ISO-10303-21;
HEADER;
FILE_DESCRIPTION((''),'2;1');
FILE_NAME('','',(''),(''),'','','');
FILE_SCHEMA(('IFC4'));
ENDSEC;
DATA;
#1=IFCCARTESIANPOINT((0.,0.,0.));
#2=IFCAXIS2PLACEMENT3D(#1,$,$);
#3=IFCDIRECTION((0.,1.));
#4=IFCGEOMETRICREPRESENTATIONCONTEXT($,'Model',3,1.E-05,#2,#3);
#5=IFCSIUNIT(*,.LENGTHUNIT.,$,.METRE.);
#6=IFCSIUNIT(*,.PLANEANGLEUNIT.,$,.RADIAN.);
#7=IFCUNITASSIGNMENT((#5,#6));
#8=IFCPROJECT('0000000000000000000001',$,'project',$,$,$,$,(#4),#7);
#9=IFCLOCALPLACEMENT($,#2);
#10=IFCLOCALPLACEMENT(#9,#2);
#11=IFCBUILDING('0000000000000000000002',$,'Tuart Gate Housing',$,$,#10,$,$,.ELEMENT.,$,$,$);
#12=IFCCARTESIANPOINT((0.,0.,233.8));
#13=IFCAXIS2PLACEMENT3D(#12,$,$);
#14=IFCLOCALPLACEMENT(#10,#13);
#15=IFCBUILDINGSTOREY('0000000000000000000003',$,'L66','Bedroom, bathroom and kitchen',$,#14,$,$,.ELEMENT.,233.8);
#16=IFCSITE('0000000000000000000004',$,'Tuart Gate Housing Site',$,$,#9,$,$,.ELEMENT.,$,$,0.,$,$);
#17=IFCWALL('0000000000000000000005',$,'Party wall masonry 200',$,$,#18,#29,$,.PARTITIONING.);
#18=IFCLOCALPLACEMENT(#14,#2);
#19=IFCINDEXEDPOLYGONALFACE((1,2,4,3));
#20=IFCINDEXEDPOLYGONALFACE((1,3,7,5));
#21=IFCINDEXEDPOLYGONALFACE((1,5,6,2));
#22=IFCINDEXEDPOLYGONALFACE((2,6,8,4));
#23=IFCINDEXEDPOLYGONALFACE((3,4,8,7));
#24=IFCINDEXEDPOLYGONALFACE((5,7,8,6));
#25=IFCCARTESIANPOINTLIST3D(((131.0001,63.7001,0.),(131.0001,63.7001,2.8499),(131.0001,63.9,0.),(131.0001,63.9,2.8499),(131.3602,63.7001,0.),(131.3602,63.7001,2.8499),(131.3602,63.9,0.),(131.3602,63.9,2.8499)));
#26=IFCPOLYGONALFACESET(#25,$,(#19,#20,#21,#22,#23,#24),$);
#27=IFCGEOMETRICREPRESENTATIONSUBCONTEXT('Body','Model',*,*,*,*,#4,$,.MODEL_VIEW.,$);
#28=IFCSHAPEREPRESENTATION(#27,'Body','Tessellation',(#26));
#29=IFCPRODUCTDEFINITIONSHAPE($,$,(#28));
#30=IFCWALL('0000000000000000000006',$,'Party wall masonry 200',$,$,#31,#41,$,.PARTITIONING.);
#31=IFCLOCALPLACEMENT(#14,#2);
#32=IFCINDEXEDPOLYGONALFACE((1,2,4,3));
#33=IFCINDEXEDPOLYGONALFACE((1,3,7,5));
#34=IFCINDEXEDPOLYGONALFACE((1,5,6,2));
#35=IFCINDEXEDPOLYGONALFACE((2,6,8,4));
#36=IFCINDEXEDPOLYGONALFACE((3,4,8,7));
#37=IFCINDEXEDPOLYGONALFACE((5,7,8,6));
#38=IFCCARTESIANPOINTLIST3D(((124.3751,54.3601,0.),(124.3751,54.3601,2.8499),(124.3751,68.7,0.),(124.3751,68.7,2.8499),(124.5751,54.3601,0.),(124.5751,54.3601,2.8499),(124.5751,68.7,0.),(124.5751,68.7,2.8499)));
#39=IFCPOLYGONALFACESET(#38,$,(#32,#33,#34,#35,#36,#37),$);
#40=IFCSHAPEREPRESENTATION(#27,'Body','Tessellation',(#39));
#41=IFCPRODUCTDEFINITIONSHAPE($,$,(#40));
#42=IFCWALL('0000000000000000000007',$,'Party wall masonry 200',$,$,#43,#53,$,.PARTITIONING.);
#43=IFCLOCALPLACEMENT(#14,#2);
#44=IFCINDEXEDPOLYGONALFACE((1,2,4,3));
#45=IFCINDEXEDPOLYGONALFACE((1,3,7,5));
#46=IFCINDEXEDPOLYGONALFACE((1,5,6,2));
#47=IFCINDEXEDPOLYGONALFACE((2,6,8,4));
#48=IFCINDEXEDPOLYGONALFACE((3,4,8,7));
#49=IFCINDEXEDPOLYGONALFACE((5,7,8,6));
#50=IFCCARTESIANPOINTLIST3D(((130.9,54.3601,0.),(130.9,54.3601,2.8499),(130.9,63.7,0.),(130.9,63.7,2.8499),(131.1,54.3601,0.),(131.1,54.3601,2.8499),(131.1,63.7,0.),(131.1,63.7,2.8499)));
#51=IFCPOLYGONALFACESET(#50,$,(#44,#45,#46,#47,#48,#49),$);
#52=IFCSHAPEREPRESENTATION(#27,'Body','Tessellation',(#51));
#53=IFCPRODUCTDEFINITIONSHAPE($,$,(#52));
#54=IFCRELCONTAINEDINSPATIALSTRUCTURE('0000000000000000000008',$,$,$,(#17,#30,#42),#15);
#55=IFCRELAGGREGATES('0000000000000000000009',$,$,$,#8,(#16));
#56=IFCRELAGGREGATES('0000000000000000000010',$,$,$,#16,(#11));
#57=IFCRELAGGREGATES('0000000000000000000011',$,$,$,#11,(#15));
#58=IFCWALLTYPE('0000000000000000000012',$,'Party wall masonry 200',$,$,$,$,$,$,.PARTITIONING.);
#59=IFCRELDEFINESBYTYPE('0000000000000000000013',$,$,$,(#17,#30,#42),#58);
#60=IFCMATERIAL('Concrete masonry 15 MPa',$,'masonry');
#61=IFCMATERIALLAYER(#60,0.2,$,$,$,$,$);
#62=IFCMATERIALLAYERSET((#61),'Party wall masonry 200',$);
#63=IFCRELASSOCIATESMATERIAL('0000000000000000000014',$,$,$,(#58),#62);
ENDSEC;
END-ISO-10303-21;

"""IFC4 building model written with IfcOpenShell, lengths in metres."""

from ifc_helpers import new_model, si_unit, direction, frame, frame_2d, origin, place, context, subcontext, project, spatial, rectangle, extrude, material, layer, layer_set, type_object, element, save


model = new_model("IFC4")

# Units and contexts
model_context = context("Model", 3, precision=1e-05, world=origin(), true_north=direction((0.0, 1.0)))
body_context = subcontext(model_context, "Body", "Model", "MODEL_VIEW")
ifc_project = project(units=[si_unit("LENGTHUNIT", "METRE"), si_unit("PLANEANGLEUNIT", "RADIAN")], contexts=[model_context])

# Site, building, storey
site_placement = place(None, origin())
site = spatial("IfcSite", under=ifc_project, at=site_placement, Name="Tuart Gate Housing Site", CompositionType="ELEMENT", RefElevation=0.0)
building_placement = place(site_placement, origin())
building = spatial("IfcBuilding", under=site, at=building_placement, Name="Tuart Gate Housing", CompositionType="ELEMENT")
storey_placement = place(building_placement, frame((0.0, 0.0, 233.8)))
storey = spatial("IfcBuildingStorey", under=building, at=storey_placement, Name="L66", Description="Bedroom, bathroom and kitchen", CompositionType="ELEMENT", Elevation=233.8)

# Walls
ifc_material_1 = material(Name="Concrete masonry 15 MPa", Category="masonry")
ifc_layer_1 = layer(ifc_material_1, 0.2)
ifc_layer_set_1 = layer_set([ifc_layer_1], Name="Party wall masonry 200")
wall_type_1 = type_object("IfcWallType", Name="Party wall masonry 200", PredefinedType="PARTITIONING", material=ifc_layer_set_1)
wall_1_placement = place(storey_placement, frame((131.0, 63.8, 0.0), z_axis=(0.0, 0.0, 1.0), x_axis=(1.0, 0.0, 0.0)))
element("IfcWall", 1, at=wall_1_placement, inside=storey, type_object=wall_type_1, Name="Party wall masonry 200", PredefinedType="PARTITIONING", context=body_context, shape_type="SweptSolid", body=[
    extrude(rectangle(XDim=0.3601, YDim=0.2, at=frame_2d((0.1802, 0.0))), origin(), (0.0, 0.0, 1.0), 2.8499),
])
wall_2_placement = place(storey_placement, frame((124.4751, 54.3601, 0.0), z_axis=(0.0, 0.0, 1.0), x_axis=(0.0, 1.0, 0.0)))
element("IfcWall", 2, at=wall_2_placement, inside=storey, type_object=wall_type_1, Name="Party wall masonry 200", PredefinedType="PARTITIONING", context=body_context, shape_type="SweptSolid", body=[
    extrude(rectangle(XDim=14.3398, YDim=0.2, at=frame_2d((7.1699, 0.0))), origin(), (0.0, 0.0, 1.0), 2.8499),
])
wall_3_placement = place(storey_placement, frame((131.0, 54.3601, 0.0), z_axis=(0.0, 0.0, 1.0), x_axis=(0.0, 1.0, 0.0)))
element("IfcWall", 3, at=wall_3_placement, inside=storey, type_object=wall_type_1, Name="Party wall masonry 200", PredefinedType="PARTITIONING", context=body_context, shape_type="SweptSolid", body=[
    extrude(rectangle(XDim=9.3398, YDim=0.2, at=frame_2d((4.6699, 0.0))), origin(), (0.0, 0.0, 1.0), 2.8499),
])

save(model, "model.ifc")
